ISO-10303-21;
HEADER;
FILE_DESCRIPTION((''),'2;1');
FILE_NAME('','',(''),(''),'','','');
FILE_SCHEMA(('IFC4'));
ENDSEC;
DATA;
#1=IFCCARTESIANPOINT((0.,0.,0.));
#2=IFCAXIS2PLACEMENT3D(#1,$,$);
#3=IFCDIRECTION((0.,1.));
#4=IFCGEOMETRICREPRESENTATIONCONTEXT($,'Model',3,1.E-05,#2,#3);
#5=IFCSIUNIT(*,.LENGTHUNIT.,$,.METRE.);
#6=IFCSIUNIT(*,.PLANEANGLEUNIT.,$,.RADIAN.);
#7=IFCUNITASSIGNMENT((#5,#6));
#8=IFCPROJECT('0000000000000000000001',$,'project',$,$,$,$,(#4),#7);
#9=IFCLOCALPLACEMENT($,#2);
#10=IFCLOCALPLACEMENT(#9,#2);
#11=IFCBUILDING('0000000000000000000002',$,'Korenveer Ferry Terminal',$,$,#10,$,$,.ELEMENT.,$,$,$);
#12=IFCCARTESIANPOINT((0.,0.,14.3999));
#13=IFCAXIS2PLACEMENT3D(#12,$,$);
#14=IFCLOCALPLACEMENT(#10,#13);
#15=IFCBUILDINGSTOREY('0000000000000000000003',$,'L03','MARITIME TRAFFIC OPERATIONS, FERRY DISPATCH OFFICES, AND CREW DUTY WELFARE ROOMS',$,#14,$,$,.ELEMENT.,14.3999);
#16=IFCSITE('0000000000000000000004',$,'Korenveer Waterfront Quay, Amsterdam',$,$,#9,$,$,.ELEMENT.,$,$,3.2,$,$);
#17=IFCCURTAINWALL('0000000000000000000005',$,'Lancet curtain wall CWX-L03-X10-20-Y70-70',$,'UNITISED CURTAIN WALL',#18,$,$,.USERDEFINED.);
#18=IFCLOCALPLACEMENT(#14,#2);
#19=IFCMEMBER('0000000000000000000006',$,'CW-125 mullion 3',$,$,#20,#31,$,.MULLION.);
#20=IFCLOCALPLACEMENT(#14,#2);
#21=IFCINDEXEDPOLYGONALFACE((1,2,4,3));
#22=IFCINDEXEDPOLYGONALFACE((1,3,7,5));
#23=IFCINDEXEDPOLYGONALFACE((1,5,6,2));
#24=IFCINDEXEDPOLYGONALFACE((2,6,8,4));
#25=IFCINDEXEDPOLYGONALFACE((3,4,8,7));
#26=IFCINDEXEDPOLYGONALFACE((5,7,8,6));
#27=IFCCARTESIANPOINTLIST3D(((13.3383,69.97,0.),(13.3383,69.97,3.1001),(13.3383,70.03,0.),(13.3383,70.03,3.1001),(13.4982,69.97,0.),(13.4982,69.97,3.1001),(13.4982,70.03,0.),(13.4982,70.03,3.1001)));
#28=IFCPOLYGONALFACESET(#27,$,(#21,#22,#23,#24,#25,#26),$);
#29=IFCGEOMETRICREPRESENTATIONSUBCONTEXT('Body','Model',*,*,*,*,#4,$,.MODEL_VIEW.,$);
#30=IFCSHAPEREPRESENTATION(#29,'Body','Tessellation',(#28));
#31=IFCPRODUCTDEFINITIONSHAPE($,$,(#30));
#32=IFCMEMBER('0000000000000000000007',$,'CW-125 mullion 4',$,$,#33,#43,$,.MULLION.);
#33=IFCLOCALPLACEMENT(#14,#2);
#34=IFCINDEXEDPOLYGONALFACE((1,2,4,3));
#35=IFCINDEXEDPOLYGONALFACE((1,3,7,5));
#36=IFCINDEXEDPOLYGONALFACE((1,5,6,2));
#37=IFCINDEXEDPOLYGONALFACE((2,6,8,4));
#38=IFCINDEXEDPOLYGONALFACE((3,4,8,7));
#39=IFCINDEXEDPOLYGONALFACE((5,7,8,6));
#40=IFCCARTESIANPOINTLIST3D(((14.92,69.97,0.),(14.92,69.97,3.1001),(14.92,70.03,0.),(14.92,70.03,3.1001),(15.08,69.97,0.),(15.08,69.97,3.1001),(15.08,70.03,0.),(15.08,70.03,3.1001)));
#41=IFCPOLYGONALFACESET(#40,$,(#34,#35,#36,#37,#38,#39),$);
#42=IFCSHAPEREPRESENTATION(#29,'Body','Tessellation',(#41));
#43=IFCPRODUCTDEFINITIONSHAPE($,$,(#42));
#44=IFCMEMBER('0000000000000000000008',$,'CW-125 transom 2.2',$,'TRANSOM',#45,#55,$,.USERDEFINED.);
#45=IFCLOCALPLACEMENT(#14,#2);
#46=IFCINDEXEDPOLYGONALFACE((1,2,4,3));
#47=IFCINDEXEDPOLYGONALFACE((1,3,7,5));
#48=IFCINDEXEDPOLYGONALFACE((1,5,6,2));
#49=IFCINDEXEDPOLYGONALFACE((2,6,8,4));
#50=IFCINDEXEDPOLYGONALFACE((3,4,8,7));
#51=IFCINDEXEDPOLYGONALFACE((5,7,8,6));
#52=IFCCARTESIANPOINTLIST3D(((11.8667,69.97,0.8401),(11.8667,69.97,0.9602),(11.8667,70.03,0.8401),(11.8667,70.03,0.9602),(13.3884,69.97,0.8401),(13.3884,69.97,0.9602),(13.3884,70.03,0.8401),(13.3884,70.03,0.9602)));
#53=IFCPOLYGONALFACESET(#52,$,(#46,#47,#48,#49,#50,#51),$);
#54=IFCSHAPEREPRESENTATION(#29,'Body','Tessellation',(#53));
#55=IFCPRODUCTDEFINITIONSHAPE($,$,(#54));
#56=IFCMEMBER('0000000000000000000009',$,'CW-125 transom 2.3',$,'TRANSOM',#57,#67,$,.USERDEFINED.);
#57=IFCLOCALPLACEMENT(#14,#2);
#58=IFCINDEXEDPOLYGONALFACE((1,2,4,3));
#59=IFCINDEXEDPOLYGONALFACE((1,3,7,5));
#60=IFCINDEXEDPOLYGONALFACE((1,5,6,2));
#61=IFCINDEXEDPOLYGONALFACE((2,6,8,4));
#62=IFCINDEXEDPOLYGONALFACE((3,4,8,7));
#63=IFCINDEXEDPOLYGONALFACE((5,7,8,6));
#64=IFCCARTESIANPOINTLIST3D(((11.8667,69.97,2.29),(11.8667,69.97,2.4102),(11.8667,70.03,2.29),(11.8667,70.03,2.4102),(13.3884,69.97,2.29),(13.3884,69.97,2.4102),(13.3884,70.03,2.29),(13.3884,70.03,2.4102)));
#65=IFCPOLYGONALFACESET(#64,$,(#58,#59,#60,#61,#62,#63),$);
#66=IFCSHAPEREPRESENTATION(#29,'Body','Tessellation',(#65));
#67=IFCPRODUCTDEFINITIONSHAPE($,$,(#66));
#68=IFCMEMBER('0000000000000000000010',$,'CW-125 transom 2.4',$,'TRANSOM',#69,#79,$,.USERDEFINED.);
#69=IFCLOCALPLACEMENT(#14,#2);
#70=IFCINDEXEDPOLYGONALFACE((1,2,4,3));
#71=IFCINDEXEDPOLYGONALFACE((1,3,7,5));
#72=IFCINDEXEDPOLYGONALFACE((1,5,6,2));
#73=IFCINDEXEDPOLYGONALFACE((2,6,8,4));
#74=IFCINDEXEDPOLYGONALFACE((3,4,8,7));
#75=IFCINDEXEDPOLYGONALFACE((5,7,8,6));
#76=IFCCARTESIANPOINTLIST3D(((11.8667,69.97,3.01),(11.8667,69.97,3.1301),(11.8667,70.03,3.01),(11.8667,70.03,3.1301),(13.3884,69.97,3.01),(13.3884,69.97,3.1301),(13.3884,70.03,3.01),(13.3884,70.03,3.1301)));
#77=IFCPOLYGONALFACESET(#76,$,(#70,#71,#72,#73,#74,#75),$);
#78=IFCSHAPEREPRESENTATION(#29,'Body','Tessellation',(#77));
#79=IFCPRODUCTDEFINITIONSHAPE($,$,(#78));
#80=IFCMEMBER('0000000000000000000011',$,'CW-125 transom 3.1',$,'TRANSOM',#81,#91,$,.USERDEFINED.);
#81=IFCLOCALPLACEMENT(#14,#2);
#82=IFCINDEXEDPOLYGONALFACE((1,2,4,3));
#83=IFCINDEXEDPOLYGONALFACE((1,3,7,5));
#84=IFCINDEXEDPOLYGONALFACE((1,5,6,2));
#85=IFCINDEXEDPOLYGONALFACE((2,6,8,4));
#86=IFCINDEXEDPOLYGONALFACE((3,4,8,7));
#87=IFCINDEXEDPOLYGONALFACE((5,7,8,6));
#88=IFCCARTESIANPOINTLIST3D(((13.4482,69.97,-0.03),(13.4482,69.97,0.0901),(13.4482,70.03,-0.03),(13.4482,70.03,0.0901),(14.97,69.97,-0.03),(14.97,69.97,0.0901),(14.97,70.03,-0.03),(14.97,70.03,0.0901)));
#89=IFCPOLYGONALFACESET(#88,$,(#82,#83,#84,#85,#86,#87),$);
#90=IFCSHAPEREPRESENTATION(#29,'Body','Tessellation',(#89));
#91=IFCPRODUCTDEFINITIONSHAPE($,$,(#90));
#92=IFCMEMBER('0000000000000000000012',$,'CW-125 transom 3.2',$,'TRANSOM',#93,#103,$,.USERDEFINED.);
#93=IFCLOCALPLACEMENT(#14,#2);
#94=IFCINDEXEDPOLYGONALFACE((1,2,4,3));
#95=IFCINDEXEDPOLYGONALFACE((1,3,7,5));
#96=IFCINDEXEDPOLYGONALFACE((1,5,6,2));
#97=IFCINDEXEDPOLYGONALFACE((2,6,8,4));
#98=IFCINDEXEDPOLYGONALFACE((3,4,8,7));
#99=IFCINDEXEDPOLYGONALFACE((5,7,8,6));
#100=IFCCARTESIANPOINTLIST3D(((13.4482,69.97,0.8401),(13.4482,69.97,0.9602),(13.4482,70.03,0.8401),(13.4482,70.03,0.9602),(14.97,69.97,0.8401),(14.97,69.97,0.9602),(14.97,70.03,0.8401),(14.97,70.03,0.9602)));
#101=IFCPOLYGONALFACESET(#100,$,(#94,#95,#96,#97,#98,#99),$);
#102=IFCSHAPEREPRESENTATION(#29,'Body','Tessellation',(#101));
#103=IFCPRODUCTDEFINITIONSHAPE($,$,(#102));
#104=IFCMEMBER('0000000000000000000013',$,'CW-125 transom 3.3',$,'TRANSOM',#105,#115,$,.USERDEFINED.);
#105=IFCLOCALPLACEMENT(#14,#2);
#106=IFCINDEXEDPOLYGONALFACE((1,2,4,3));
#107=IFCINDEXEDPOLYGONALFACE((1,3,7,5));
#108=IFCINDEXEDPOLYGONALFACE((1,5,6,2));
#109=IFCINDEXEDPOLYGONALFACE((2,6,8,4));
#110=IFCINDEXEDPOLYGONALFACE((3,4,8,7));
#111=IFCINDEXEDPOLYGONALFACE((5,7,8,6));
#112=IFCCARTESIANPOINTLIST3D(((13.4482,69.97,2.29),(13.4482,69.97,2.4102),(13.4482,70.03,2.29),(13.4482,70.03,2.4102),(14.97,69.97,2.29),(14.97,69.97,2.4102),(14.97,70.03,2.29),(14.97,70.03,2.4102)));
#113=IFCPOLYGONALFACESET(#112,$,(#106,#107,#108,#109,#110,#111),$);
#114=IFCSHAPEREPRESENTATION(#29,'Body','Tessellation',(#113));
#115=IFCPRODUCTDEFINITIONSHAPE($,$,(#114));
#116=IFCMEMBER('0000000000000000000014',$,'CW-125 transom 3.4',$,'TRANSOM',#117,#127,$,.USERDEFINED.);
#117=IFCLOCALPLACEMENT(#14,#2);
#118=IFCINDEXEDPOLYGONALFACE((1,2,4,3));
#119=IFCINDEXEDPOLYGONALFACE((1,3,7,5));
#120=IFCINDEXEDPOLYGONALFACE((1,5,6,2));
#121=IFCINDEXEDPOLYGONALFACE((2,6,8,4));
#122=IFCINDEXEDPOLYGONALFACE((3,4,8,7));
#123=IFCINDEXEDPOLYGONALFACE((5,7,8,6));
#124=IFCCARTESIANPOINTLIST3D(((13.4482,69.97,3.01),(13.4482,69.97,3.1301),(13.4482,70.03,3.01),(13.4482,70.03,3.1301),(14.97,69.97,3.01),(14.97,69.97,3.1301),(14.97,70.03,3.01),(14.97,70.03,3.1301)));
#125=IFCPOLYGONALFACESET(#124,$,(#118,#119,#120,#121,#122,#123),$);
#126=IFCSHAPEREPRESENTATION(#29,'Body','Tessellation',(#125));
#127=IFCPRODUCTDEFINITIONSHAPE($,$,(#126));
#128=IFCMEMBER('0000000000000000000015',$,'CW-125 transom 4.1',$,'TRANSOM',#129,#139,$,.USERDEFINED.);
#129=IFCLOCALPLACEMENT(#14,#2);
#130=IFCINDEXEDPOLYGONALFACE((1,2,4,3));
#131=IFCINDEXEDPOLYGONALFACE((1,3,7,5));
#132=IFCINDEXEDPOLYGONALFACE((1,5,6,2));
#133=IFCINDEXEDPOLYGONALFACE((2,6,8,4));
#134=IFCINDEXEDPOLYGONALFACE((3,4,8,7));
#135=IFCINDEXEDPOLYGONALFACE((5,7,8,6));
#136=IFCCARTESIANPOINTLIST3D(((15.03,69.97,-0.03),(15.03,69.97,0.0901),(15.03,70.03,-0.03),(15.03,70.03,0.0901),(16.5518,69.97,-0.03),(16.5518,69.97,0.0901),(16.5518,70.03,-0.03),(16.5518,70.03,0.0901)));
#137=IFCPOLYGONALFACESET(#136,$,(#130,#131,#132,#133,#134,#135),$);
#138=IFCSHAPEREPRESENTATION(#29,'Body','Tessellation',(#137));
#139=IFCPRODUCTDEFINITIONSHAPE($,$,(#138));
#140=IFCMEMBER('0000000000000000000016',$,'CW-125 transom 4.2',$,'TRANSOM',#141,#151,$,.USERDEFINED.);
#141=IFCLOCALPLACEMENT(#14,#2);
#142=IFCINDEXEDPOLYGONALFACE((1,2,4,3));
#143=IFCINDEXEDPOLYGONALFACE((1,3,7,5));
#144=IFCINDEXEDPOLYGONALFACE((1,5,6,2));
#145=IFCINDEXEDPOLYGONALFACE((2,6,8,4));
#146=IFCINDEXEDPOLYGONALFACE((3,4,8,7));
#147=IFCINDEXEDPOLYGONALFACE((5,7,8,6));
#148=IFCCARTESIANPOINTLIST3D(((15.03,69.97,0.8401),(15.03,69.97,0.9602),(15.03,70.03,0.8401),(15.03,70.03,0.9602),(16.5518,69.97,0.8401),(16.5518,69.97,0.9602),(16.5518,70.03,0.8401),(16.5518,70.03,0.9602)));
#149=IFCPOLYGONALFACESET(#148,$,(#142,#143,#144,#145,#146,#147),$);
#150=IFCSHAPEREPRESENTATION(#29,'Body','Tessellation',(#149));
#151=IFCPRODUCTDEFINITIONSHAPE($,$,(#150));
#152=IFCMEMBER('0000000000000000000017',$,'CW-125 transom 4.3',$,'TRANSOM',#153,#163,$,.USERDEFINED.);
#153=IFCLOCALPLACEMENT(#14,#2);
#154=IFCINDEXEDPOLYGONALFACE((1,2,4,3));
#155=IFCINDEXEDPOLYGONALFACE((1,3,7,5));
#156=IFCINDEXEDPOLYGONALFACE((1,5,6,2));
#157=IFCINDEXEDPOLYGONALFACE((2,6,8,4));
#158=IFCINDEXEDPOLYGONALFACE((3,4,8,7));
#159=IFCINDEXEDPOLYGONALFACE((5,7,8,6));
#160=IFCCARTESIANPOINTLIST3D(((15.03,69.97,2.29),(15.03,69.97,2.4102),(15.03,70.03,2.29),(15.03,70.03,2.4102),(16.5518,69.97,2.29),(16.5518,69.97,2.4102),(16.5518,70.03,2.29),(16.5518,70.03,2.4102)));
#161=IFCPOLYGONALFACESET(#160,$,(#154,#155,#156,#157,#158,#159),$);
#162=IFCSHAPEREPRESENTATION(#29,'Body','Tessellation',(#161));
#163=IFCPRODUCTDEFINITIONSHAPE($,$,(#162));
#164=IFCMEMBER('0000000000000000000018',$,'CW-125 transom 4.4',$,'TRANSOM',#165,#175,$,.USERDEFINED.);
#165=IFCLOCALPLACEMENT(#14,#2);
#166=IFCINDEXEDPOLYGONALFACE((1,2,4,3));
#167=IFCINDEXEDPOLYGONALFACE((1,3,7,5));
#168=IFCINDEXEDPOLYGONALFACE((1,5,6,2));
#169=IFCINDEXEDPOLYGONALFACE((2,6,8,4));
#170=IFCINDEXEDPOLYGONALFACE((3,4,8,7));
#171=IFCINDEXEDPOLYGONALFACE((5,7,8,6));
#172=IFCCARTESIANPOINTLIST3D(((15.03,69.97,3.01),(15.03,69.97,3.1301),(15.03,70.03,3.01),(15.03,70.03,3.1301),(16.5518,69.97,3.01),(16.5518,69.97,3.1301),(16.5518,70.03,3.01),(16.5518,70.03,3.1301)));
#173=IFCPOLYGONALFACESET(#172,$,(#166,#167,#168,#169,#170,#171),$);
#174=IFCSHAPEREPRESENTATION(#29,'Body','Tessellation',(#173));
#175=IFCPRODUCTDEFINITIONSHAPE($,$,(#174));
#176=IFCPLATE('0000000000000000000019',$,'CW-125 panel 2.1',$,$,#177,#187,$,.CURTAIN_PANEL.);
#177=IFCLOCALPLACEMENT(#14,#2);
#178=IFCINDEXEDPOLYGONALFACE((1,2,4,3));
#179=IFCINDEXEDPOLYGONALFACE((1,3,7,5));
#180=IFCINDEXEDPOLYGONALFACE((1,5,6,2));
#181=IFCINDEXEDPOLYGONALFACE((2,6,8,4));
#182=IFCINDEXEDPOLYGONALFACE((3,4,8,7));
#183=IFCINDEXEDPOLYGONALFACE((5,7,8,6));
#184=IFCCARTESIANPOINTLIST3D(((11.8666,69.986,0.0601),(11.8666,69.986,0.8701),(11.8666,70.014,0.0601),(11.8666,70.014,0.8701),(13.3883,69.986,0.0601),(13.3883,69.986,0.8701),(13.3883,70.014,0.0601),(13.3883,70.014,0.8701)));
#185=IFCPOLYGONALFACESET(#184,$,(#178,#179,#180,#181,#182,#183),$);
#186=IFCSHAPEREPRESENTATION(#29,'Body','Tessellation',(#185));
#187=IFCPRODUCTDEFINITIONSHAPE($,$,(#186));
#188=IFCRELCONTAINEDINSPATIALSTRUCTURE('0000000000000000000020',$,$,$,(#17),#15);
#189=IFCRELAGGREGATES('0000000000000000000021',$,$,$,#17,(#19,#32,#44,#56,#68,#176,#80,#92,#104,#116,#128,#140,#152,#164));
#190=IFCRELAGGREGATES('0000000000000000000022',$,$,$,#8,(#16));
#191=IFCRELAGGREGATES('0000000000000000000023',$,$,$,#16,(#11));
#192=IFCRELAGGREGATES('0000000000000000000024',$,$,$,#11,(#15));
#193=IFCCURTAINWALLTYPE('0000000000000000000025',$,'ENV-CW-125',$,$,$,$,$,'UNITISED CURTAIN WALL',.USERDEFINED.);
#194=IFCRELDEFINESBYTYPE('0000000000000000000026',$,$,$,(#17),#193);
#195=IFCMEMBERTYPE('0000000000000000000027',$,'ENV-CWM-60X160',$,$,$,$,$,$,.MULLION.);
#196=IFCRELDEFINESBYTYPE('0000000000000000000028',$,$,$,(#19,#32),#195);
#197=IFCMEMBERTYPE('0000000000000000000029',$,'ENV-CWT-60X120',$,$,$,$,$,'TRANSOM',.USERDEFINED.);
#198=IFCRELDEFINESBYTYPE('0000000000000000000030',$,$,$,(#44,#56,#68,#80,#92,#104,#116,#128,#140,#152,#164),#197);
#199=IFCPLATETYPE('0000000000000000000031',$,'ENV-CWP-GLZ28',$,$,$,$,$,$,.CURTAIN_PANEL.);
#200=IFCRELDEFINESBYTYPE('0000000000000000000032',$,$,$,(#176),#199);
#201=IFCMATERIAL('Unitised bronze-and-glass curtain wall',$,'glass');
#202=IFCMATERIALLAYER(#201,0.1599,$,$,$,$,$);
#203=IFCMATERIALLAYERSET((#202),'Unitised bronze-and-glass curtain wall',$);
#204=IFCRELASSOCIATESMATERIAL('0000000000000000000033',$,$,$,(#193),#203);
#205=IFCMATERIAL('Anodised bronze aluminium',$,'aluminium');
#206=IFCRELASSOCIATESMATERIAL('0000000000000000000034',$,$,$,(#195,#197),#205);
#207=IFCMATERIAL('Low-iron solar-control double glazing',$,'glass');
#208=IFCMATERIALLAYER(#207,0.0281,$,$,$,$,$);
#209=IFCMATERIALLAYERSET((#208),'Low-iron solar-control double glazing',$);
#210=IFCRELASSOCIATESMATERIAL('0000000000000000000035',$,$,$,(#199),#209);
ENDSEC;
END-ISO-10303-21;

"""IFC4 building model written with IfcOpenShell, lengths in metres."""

from ifc_helpers import new_model, si_unit, direction, frame, origin, origin_2d, place, context, subcontext, project, spatial, rectangle, extrude, material, layer, layer_set, material_profile, profile_set, type_object, element, aggregate, save


model = new_model("IFC4")

# Units and contexts
model_context = context("Model", 3, precision=1e-05, world=origin(), true_north=direction((0.0, 1.0)))
body_context = subcontext(model_context, "Body", "Model", "MODEL_VIEW")
ifc_project = project(units=[si_unit("LENGTHUNIT", "METRE"), si_unit("PLANEANGLEUNIT", "RADIAN")], contexts=[model_context])

# Site, building, storey
site_placement = place(None, origin())
site = spatial("IfcSite", under=ifc_project, at=site_placement, Name="Korenveer Waterfront Quay, Amsterdam", CompositionType="ELEMENT", RefElevation=3.2)
building_placement = place(site_placement, origin())
building = spatial("IfcBuilding", under=site, at=building_placement, Name="Korenveer Ferry Terminal", CompositionType="ELEMENT")
storey_placement = place(building_placement, frame((0.0, 0.0, 14.3999)))
storey = spatial("IfcBuildingStorey", under=building, at=storey_placement, Name="L03", Description="MARITIME TRAFFIC OPERATIONS, FERRY DISPATCH OFFICES, AND CREW DUTY WELFARE ROOMS", CompositionType="ELEMENT", Elevation=14.3999)

# Curtain wall, members, plate
ifc_material_1 = material(Name="Unitised bronze-and-glass curtain wall", Category="glass")
ifc_layer_1 = layer(ifc_material_1, 0.1599)
ifc_layer_set_1 = layer_set([ifc_layer_1], Name="Unitised bronze-and-glass curtain wall")
curtain_wall_type = type_object("IfcCurtainWallType", Name="ENV-CW-125", ElementType="UNITISED CURTAIN WALL", PredefinedType="USERDEFINED", material=ifc_layer_set_1)
curtain_wall_placement = place(storey_placement, frame((10.2549, 70.0, 0.0)))
curtain_wall = element("IfcCurtainWall", 1, at=curtain_wall_placement, inside=storey, type_object=curtain_wall_type, Name="Lancet curtain wall CWX-L03-X10-20-Y70-70", ObjectType="UNITISED CURTAIN WALL", PredefinedType="USERDEFINED")
ifc_material_2 = material(Name="Anodised bronze aluminium", Category="aluminium")
ifc_material_profile_1 = material_profile(ifc_material_2, rectangle(XDim=0.0601, YDim=0.1599, at=origin_2d()), Name="ALU 60x160")
ifc_profile_set_1 = profile_set([ifc_material_profile_1], Name="Anodised bronze aluminium")
member_type_1 = type_object("IfcMemberType", Name="ENV-CWM-60X160", PredefinedType="MULLION", material=ifc_profile_set_1)
member_1_placement = place(storey_placement, frame((13.4182, 70.0, 0.0), z_axis=(0.0, 0.0, 1.0), x_axis=(0.0, 1.0, 0.0)))
member_1 = element("IfcMember", 2, at=member_1_placement, type_object=member_type_1, Name="CW-125 mullion 3", PredefinedType="MULLION", context=body_context, shape_type="SweptSolid", body=[
    extrude(rectangle(XDim=0.0601, YDim=0.1599, at=origin_2d()), origin(), (0.0, 0.0, 1.0), 3.1001),
])
member_2_placement = place(storey_placement, frame((15.0, 70.0, 0.0), z_axis=(0.0, 0.0, 1.0), x_axis=(0.0, 1.0, 0.0)))
member_2 = element("IfcMember", 3, at=member_2_placement, type_object=member_type_1, Name="CW-125 mullion 4", PredefinedType="MULLION", context=body_context, shape_type="SweptSolid", body=[
    extrude(rectangle(XDim=0.0601, YDim=0.1599, at=origin_2d()), origin(), (0.0, 0.0, 1.0), 3.1001),
])
ifc_material_profile_2 = material_profile(ifc_material_2, rectangle(XDim=0.0601, YDim=0.1201, at=origin_2d()), Name="ALU 60x120")
ifc_profile_set_2 = profile_set([ifc_material_profile_2], Name="Anodised bronze aluminium")
member_type_2 = type_object("IfcMemberType", Name="ENV-CWT-60X120", ElementType="TRANSOM", PredefinedType="USERDEFINED", material=ifc_profile_set_2)
member_3_placement = place(storey_placement, frame((11.8667, 70.0, 0.9001), z_axis=(1.0, 0.0, 0.0), x_axis=(0.0, 1.0, 0.0)))
member_3 = element("IfcMember", 4, at=member_3_placement, type_object=member_type_2, Name="CW-125 transom 2.2", ObjectType="TRANSOM", PredefinedType="USERDEFINED", context=body_context, shape_type="SweptSolid", body=[
    extrude(rectangle(XDim=0.0601, YDim=0.1201, at=origin_2d()), origin(), (0.0, 0.0, 1.0), 1.5217),
])
member_4_placement = place(storey_placement, frame((11.8667, 70.0, 2.3501), z_axis=(1.0, 0.0, 0.0), x_axis=(0.0, 1.0, 0.0)))
member_4 = element("IfcMember", 5, at=member_4_placement, type_object=member_type_2, Name="CW-125 transom 2.3", ObjectType="TRANSOM", PredefinedType="USERDEFINED", context=body_context, shape_type="SweptSolid", body=[
    extrude(rectangle(XDim=0.0601, YDim=0.1201, at=origin_2d()), origin(), (0.0, 0.0, 1.0), 1.5217),
])
member_5_placement = place(storey_placement, frame((11.8667, 70.0, 3.0701), z_axis=(1.0, 0.0, 0.0), x_axis=(0.0, 1.0, 0.0)))
member_5 = element("IfcMember", 6, at=member_5_placement, type_object=member_type_2, Name="CW-125 transom 2.4", ObjectType="TRANSOM", PredefinedType="USERDEFINED", context=body_context, shape_type="SweptSolid", body=[
    extrude(rectangle(XDim=0.0601, YDim=0.1201, at=origin_2d()), origin(), (0.0, 0.0, 1.0), 1.5217),
])
member_6_placement = place(storey_placement, frame((13.4482, 70.0, 0.03), z_axis=(1.0, 0.0, 0.0), x_axis=(0.0, 1.0, 0.0)))
member_6 = element("IfcMember", 7, at=member_6_placement, type_object=member_type_2, Name="CW-125 transom 3.1", ObjectType="TRANSOM", PredefinedType="USERDEFINED", context=body_context, shape_type="SweptSolid", body=[
    extrude(rectangle(XDim=0.0601, YDim=0.1201, at=origin_2d()), origin(), (0.0, 0.0, 1.0), 1.5217),
])
member_7_placement = place(storey_placement, frame((13.4482, 70.0, 0.9001), z_axis=(1.0, 0.0, 0.0), x_axis=(0.0, 1.0, 0.0)))
member_7 = element("IfcMember", 8, at=member_7_placement, type_object=member_type_2, Name="CW-125 transom 3.2", ObjectType="TRANSOM", PredefinedType="USERDEFINED", context=body_context, shape_type="SweptSolid", body=[
    extrude(rectangle(XDim=0.0601, YDim=0.1201, at=origin_2d()), origin(), (0.0, 0.0, 1.0), 1.5217),
])
member_8_placement = place(storey_placement, frame((13.4482, 70.0, 2.3501), z_axis=(1.0, 0.0, 0.0), x_axis=(0.0, 1.0, 0.0)))
member_8 = element("IfcMember", 9, at=member_8_placement, type_object=member_type_2, Name="CW-125 transom 3.3", ObjectType="TRANSOM", PredefinedType="USERDEFINED", context=body_context, shape_type="SweptSolid", body=[
    extrude(rectangle(XDim=0.0601, YDim=0.1201, at=origin_2d()), origin(), (0.0, 0.0, 1.0), 1.5217),
])
member_9_placement = place(storey_placement, frame((13.4482, 70.0, 3.0701), z_axis=(1.0, 0.0, 0.0), x_axis=(0.0, 1.0, 0.0)))
member_9 = element("IfcMember", 10, at=member_9_placement, type_object=member_type_2, Name="CW-125 transom 3.4", ObjectType="TRANSOM", PredefinedType="USERDEFINED", context=body_context, shape_type="SweptSolid", body=[
    extrude(rectangle(XDim=0.0601, YDim=0.1201, at=origin_2d()), origin(), (0.0, 0.0, 1.0), 1.5217),
])
member_10_placement = place(storey_placement, frame((15.03, 70.0, 0.03), z_axis=(1.0, 0.0, 0.0), x_axis=(0.0, 1.0, 0.0)))
member_10 = element("IfcMember", 11, at=member_10_placement, type_object=member_type_2, Name="CW-125 transom 4.1", ObjectType="TRANSOM", PredefinedType="USERDEFINED", context=body_context, shape_type="SweptSolid", body=[
    extrude(rectangle(XDim=0.0601, YDim=0.1201, at=origin_2d()), origin(), (0.0, 0.0, 1.0), 1.5217),
])
member_11_placement = place(storey_placement, frame((15.03, 70.0, 0.9001), z_axis=(1.0, 0.0, 0.0), x_axis=(0.0, 1.0, 0.0)))
member_11 = element("IfcMember", 12, at=member_11_placement, type_object=member_type_2, Name="CW-125 transom 4.2", ObjectType="TRANSOM", PredefinedType="USERDEFINED", context=body_context, shape_type="SweptSolid", body=[
    extrude(rectangle(XDim=0.0601, YDim=0.1201, at=origin_2d()), origin(), (0.0, 0.0, 1.0), 1.5217),
])
member_12_placement = place(storey_placement, frame((15.03, 70.0, 2.3501), z_axis=(1.0, 0.0, 0.0), x_axis=(0.0, 1.0, 0.0)))
member_12 = element("IfcMember", 13, at=member_12_placement, type_object=member_type_2, Name="CW-125 transom 4.3", ObjectType="TRANSOM", PredefinedType="USERDEFINED", context=body_context, shape_type="SweptSolid", body=[
    extrude(rectangle(XDim=0.0601, YDim=0.1201, at=origin_2d()), origin(), (0.0, 0.0, 1.0), 1.5217),
])
member_13_placement = place(storey_placement, frame((15.03, 70.0, 3.0701), z_axis=(1.0, 0.0, 0.0), x_axis=(0.0, 1.0, 0.0)))
member_13 = element("IfcMember", 14, at=member_13_placement, type_object=member_type_2, Name="CW-125 transom 4.4", ObjectType="TRANSOM", PredefinedType="USERDEFINED", context=body_context, shape_type="SweptSolid", body=[
    extrude(rectangle(XDim=0.0601, YDim=0.1201, at=origin_2d()), origin(), (0.0, 0.0, 1.0), 1.5217),
])
ifc_material_3 = material(Name="Low-iron solar-control double glazing", Category="glass")
ifc_layer_2 = layer(ifc_material_3, 0.0281)
ifc_layer_set_2 = layer_set([ifc_layer_2], Name="Low-iron solar-control double glazing")
plate_type = type_object("IfcPlateType", Name="ENV-CWP-GLZ28", PredefinedType="CURTAIN_PANEL", material=ifc_layer_set_2)
plate_1_placement = place(storey_placement, frame((12.6274, 70.0, 0.0601), z_axis=(0.0, 0.0, 1.0), x_axis=(1.0, 0.0, 0.0)))
plate_1 = element("IfcPlate", 15, at=plate_1_placement, type_object=plate_type, Name="CW-125 panel 2.1", PredefinedType="CURTAIN_PANEL", context=body_context, shape_type="SweptSolid", body=[
    extrude(rectangle(XDim=1.5217, YDim=0.0281, at=origin_2d()), origin(), (0.0, 0.0, 1.0), 0.8101),
])
aggregate(curtain_wall, [member_1, member_2, member_3, member_4, member_5, plate_1, member_6, member_7, member_8, member_9, member_10, member_11, member_12, member_13])

save(model, "model.ifc")
